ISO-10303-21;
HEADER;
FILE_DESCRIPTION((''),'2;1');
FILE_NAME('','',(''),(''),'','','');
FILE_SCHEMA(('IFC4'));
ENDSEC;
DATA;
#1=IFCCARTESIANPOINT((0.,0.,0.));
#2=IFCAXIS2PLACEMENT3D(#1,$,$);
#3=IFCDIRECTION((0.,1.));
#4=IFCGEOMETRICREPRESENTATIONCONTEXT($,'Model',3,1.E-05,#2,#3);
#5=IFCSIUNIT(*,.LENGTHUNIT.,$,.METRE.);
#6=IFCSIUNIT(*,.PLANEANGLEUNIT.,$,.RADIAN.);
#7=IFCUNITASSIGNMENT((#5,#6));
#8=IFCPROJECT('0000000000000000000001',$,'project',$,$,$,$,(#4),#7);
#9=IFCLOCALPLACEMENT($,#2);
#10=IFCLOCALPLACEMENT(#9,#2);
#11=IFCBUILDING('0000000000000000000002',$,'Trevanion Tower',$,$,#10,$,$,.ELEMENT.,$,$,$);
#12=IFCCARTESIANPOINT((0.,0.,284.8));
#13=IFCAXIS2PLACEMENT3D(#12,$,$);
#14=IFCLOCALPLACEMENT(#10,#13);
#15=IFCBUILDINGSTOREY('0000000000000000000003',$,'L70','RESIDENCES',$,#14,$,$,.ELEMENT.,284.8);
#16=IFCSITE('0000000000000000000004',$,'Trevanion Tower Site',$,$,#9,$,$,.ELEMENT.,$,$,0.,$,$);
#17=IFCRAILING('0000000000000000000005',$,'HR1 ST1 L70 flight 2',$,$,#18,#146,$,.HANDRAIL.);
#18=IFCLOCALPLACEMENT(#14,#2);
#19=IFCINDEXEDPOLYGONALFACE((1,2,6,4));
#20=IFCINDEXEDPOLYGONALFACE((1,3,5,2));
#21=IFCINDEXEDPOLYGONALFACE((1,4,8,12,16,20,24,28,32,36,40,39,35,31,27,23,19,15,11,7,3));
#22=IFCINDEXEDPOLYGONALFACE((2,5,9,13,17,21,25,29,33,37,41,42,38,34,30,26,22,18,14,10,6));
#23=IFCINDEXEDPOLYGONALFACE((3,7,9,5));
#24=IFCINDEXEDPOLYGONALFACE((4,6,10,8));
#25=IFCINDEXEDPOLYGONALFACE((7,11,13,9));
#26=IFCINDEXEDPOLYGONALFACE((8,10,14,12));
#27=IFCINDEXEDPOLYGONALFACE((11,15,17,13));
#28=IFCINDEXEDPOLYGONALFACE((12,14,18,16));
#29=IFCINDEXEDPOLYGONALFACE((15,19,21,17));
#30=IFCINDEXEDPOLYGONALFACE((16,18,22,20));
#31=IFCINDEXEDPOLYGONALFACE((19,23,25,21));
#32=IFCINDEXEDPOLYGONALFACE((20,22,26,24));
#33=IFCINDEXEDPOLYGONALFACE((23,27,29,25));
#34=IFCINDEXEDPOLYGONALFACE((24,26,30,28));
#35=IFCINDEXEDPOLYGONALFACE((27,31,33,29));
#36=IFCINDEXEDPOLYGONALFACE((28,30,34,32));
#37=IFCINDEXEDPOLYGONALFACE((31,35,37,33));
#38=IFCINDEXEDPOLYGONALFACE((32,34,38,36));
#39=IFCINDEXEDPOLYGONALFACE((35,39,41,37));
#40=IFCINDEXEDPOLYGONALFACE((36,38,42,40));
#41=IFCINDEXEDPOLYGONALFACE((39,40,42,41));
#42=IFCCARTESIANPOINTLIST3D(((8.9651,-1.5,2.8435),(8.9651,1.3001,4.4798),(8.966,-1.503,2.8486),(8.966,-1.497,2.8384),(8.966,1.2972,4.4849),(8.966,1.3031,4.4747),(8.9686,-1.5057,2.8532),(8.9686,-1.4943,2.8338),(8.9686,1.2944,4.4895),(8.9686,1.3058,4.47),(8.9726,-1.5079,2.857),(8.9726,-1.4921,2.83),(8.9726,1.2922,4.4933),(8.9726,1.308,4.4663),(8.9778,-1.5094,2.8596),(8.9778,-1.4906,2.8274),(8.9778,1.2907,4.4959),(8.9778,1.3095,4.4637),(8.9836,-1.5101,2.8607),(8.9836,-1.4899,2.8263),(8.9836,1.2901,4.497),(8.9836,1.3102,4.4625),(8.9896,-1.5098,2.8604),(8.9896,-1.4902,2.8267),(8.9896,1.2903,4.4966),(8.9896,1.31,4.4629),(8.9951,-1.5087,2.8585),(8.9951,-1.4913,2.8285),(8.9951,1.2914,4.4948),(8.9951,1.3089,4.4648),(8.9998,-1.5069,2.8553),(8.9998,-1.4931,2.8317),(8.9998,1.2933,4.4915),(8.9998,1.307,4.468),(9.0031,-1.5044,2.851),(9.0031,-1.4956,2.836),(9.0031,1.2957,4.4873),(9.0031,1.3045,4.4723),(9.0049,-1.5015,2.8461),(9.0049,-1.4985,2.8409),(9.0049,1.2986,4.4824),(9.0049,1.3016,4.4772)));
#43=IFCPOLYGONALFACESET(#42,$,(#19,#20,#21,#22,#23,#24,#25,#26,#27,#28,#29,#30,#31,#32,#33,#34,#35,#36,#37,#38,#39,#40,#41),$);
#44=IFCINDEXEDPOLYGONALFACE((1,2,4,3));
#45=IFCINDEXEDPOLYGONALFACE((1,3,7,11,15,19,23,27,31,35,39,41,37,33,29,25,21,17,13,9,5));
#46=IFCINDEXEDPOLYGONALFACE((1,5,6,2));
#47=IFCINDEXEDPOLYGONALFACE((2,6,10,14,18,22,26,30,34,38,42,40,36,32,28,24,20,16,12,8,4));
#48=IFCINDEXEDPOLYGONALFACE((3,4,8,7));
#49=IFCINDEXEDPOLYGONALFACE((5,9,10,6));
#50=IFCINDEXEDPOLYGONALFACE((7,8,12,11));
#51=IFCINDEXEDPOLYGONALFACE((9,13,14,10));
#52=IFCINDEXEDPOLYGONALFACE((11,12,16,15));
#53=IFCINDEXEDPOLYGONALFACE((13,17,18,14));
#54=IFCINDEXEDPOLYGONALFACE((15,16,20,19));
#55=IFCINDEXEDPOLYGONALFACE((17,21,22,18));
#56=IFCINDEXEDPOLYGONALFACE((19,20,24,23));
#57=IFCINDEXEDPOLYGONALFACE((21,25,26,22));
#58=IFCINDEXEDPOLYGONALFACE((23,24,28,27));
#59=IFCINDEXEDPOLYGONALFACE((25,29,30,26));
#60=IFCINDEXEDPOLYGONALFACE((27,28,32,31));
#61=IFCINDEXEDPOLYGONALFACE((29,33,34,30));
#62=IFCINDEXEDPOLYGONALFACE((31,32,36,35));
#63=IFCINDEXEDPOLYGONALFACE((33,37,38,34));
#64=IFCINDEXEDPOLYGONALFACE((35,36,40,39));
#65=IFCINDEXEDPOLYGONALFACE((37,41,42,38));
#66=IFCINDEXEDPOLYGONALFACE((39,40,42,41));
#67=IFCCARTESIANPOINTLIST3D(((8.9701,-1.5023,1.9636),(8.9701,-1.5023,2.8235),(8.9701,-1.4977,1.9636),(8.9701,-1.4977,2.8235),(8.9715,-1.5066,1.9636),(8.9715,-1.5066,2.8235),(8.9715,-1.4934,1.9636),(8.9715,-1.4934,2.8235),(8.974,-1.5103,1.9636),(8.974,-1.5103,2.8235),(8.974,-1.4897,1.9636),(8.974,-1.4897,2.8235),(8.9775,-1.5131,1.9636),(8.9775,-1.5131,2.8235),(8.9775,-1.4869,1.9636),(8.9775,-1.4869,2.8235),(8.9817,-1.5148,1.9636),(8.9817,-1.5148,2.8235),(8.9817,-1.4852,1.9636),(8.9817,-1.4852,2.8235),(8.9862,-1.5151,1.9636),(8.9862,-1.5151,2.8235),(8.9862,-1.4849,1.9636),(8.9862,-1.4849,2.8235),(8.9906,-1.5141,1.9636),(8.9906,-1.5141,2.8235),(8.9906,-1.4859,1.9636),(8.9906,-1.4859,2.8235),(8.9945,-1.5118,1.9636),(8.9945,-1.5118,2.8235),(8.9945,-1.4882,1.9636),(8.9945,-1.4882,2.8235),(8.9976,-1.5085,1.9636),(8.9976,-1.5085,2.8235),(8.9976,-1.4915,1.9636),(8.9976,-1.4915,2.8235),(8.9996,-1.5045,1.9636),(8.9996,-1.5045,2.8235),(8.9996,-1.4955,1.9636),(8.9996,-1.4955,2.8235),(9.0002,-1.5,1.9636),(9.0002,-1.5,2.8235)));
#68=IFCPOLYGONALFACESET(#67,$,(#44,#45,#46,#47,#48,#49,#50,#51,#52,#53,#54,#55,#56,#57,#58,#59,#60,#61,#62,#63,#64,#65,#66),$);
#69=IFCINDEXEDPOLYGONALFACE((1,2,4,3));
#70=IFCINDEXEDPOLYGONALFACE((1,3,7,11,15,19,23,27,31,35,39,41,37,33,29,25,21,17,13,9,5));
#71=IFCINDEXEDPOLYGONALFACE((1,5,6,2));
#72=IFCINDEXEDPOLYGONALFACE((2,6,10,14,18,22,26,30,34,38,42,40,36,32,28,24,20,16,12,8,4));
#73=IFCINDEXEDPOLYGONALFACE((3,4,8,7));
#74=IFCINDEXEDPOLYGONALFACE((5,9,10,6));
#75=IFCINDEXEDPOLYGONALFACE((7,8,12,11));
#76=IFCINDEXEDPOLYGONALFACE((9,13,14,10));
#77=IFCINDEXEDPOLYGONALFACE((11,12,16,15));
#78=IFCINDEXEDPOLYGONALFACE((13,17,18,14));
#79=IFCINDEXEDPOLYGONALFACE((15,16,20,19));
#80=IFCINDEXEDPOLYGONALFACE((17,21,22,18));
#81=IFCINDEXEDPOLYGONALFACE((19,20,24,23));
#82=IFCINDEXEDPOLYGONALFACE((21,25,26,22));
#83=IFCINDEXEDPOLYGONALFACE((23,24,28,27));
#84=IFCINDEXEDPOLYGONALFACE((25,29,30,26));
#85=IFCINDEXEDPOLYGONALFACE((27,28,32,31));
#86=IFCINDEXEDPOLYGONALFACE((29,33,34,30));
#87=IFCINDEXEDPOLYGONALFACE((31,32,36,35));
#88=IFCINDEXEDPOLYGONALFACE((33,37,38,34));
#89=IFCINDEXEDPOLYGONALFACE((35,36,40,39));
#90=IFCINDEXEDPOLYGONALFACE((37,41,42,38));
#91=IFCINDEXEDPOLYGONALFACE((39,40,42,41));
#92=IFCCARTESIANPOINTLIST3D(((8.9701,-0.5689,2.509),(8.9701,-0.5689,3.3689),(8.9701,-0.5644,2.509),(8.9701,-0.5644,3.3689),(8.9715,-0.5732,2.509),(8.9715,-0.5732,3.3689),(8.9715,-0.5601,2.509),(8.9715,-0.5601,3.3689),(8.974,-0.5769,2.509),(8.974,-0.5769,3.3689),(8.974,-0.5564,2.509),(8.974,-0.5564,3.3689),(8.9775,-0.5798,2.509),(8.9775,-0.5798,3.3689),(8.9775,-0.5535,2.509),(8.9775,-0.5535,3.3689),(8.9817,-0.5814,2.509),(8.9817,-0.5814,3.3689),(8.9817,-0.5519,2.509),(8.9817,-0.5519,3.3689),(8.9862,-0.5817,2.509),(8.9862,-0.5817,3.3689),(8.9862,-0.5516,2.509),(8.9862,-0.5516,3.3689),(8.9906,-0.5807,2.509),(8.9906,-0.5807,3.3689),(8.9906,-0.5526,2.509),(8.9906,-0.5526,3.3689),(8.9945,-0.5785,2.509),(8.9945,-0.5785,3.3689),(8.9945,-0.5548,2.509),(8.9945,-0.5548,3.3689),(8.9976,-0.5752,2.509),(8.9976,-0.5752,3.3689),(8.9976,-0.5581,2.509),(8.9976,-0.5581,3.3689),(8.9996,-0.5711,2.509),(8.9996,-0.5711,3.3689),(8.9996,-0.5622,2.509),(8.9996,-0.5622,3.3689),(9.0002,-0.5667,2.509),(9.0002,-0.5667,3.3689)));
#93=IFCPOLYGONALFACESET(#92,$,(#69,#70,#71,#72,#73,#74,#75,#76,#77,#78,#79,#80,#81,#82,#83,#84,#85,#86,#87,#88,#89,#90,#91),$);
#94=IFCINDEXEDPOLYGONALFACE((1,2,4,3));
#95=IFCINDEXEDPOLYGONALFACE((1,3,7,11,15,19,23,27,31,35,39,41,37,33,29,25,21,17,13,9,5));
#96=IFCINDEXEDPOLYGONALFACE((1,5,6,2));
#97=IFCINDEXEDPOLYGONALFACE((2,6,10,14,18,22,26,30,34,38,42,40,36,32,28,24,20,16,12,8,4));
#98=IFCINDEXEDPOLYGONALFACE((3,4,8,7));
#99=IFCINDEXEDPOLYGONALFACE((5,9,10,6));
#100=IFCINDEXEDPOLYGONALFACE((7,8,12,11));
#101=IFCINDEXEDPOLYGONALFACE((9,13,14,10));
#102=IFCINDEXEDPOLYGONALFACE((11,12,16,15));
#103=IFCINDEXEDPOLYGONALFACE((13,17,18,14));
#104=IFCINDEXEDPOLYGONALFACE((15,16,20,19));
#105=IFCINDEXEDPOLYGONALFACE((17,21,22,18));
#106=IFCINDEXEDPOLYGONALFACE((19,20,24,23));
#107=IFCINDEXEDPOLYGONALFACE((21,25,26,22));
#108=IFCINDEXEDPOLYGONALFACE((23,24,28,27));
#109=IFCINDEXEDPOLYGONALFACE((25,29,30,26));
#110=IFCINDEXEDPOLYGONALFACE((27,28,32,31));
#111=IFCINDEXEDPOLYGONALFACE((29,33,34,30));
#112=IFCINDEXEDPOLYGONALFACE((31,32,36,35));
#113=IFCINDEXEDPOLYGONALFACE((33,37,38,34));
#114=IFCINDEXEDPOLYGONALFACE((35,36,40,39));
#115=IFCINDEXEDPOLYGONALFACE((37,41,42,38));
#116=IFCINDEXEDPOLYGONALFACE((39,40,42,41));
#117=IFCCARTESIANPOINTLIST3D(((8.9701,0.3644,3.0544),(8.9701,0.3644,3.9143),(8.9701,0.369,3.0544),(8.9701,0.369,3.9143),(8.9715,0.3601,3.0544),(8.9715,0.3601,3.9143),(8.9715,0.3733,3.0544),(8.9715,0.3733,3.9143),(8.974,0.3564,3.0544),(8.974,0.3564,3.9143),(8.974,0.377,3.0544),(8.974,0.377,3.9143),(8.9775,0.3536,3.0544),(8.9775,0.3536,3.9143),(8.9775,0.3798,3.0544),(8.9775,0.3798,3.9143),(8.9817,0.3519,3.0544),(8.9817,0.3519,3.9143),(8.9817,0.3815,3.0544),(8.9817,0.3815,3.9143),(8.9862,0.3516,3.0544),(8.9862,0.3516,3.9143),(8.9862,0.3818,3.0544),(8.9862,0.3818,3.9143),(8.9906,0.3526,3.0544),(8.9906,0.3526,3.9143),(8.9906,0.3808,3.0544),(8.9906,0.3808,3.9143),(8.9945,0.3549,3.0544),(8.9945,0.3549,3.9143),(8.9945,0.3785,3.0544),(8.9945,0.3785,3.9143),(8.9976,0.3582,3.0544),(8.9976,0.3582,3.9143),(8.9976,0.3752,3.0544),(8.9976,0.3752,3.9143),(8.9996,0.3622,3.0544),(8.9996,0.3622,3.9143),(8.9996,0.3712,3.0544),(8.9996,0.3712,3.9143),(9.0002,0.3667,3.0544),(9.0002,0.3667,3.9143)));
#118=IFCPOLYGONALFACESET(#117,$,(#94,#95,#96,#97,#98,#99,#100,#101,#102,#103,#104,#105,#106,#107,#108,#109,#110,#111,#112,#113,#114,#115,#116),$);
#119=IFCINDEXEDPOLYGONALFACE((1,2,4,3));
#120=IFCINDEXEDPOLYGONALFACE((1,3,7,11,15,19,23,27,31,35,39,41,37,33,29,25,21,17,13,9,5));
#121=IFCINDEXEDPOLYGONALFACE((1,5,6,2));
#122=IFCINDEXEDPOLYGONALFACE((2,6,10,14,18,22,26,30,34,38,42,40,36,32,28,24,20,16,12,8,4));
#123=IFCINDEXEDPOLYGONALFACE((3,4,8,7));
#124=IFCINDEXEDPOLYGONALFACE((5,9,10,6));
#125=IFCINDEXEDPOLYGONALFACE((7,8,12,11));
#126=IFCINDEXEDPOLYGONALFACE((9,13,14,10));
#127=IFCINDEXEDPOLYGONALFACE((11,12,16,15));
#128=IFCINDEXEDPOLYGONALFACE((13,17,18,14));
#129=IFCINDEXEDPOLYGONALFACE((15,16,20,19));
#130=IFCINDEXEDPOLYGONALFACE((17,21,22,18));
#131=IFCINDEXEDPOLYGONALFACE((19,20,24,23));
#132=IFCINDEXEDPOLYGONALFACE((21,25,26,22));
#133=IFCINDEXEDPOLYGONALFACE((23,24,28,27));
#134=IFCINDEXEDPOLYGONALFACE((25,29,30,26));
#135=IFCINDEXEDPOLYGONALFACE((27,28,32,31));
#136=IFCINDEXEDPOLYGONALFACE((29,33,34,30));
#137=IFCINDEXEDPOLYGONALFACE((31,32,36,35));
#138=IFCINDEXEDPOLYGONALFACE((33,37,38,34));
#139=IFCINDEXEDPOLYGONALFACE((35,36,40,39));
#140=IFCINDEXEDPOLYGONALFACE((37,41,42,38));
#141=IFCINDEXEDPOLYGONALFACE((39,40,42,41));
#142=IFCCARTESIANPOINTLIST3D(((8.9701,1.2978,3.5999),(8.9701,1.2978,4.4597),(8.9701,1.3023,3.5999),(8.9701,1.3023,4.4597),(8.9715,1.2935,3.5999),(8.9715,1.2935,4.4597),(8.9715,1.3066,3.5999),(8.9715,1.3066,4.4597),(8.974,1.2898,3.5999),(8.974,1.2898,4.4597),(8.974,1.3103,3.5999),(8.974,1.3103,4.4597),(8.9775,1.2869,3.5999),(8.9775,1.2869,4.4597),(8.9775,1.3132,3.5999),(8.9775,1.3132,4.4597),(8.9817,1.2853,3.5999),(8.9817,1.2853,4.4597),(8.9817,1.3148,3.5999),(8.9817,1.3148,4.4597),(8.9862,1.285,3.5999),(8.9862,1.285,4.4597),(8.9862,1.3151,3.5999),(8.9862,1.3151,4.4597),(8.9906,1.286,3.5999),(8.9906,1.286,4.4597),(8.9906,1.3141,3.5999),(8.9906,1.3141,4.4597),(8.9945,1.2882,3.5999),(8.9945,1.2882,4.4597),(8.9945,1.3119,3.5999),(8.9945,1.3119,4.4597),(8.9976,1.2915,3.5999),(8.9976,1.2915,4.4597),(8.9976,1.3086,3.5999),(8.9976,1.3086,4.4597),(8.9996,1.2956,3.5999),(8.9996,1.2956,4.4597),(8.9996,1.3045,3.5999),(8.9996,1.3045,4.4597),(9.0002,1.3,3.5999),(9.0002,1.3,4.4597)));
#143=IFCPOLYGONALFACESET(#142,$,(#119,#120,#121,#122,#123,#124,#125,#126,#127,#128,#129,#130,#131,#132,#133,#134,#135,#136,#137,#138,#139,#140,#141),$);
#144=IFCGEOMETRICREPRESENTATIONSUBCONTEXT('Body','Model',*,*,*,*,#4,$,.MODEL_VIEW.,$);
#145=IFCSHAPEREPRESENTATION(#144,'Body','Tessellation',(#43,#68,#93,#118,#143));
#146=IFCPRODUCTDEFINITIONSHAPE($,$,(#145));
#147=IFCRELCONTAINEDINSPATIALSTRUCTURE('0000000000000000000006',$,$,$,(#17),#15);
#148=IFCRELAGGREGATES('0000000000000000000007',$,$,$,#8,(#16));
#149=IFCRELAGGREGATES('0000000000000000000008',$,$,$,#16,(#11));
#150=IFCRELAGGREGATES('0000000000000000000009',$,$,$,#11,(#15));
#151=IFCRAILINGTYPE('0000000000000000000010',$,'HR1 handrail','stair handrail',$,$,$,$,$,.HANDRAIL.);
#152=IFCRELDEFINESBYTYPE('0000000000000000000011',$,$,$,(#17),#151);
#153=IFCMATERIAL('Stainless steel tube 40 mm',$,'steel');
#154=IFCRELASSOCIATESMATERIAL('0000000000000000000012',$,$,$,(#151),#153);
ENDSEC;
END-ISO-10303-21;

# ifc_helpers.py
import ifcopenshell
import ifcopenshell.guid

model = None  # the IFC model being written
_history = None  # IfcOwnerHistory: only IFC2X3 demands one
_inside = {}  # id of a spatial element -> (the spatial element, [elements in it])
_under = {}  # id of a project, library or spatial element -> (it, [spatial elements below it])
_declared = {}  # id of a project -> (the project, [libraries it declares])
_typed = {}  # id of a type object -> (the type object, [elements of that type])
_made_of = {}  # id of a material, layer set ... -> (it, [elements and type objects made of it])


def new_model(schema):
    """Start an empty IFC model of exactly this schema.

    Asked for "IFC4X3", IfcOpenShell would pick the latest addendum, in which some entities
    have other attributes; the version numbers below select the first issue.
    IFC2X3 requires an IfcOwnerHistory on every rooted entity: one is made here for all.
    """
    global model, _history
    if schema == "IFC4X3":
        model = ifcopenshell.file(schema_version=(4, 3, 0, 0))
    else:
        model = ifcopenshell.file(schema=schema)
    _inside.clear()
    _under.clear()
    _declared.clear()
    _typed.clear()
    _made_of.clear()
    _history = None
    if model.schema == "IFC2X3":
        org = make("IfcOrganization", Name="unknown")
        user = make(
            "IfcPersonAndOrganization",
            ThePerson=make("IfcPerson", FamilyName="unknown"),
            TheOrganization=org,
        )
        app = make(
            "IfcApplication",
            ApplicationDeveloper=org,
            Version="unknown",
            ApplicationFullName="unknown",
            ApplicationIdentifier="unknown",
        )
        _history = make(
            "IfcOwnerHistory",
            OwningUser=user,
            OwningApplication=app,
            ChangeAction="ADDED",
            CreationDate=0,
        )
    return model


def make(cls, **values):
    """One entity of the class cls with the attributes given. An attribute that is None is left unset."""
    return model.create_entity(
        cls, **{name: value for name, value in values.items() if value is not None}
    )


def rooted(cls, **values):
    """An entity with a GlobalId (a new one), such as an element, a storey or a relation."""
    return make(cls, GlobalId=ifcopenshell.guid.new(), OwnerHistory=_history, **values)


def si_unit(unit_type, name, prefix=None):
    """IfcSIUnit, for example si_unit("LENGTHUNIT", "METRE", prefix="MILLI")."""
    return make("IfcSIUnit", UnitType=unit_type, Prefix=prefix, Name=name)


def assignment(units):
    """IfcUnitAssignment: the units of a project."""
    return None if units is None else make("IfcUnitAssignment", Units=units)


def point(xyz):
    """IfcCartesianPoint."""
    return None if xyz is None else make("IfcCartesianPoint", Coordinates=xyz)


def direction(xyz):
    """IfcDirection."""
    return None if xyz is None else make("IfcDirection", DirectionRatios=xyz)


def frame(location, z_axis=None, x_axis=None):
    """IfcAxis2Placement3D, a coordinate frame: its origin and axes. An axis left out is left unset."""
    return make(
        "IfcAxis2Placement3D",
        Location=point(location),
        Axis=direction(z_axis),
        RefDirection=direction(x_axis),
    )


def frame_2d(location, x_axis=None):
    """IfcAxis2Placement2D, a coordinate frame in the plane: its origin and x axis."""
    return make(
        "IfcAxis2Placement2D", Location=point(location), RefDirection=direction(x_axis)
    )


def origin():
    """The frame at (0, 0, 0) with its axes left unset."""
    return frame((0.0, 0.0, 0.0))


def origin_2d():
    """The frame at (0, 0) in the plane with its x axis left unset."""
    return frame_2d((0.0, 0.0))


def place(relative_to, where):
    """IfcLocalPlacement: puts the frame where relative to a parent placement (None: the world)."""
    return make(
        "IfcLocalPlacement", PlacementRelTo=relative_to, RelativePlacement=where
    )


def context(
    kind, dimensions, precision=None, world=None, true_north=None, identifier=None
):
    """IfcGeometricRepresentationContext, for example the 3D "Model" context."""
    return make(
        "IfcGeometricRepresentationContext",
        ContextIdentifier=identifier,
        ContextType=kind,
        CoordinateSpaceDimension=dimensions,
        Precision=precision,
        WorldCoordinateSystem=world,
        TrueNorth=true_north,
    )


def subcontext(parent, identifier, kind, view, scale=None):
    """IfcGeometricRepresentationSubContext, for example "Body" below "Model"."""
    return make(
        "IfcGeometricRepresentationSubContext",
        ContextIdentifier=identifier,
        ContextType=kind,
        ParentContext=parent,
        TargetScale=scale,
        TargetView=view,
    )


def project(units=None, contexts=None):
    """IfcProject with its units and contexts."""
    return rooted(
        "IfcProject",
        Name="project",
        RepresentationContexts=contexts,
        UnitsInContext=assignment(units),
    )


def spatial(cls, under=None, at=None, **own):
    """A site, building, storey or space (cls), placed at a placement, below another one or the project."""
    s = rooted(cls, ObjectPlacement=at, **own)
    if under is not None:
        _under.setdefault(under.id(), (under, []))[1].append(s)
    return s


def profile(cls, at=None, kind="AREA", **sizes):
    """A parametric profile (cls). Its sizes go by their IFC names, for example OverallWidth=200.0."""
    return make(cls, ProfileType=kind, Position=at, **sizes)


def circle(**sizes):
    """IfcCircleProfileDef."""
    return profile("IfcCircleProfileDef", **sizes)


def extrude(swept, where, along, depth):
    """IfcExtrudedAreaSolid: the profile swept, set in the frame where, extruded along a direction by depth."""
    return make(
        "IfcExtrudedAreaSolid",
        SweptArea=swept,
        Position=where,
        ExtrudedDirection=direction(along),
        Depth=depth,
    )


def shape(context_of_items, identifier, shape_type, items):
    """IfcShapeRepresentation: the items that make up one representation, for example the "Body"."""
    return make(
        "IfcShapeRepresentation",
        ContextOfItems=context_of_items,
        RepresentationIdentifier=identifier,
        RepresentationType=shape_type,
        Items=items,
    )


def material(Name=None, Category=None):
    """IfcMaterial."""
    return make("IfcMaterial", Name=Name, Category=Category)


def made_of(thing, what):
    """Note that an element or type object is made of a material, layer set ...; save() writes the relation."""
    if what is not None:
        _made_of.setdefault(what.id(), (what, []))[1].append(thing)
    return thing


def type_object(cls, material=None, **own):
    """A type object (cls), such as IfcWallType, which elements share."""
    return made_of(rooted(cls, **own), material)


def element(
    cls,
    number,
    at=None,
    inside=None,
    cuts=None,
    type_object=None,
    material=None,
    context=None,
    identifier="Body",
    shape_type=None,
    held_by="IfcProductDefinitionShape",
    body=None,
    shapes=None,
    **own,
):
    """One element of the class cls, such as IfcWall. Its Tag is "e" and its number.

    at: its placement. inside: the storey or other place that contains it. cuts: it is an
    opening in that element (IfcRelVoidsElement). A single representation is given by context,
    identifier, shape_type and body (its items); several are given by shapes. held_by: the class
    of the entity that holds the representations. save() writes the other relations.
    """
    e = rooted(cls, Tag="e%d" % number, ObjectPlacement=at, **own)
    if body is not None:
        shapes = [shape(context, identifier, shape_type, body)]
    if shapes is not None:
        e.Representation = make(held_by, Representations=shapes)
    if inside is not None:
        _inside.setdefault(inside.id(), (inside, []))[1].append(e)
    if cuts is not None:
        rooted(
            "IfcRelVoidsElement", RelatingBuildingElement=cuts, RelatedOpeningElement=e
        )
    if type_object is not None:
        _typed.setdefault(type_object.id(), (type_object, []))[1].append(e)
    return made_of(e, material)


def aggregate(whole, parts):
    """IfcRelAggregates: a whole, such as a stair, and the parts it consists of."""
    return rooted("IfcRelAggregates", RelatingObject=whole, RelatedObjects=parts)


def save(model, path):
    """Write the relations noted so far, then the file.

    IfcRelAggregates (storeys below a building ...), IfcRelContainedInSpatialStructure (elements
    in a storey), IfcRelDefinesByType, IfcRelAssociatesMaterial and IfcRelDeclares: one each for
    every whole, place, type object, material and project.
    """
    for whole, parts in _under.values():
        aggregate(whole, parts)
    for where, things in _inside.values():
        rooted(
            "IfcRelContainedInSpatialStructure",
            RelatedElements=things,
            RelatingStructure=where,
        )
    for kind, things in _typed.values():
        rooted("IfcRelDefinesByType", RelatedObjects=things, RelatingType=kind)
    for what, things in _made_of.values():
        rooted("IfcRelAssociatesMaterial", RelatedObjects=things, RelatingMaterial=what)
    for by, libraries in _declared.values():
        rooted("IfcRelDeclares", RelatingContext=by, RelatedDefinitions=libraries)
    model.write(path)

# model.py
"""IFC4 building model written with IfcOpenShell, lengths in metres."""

from ifc_helpers import new_model, si_unit, direction, frame, origin, origin_2d, place, context, subcontext, project, spatial, circle, extrude, material, type_object, element, save


model = new_model("IFC4")

# Units and contexts
model_context = context("Model", 3, precision=1e-05, world=origin(), true_north=direction((0.0, 1.0)))
body_context = subcontext(model_context, "Body", "Model", "MODEL_VIEW")
ifc_project = project(units=[si_unit("LENGTHUNIT", "METRE"), si_unit("PLANEANGLEUNIT", "RADIAN")], contexts=[model_context])

# Site, building, storey
site_placement = place(None, origin())
site = spatial("IfcSite", under=ifc_project, at=site_placement, Name="Trevanion Tower Site", CompositionType="ELEMENT", RefElevation=0.0)
building_placement = place(site_placement, origin())
building = spatial("IfcBuilding", under=site, at=building_placement, Name="Trevanion Tower", CompositionType="ELEMENT")
storey_placement = place(building_placement, frame((0.0, 0.0, 284.8)))
storey = spatial("IfcBuildingStorey", under=building, at=storey_placement, Name="L70", Description="RESIDENCES", CompositionType="ELEMENT", Elevation=284.8)

# Railing
ifc_material_1 = material(Name="Stainless steel tube 40 mm", Category="steel")
railing_type = type_object("IfcRailingType", Name="HR1 handrail", Description="stair handrail", PredefinedType="HANDRAIL", material=ifc_material_1)
for number, where, name in (
    (1, (8.9851, -1.5, 1.9636), "HR1 ST1 L70 flight 2"),
):
    element("IfcRailing", number, at=place(storey_placement, frame(where)), inside=storey, type_object=railing_type, Name=name, PredefinedType="HANDRAIL", context=body_context, shape_type="SweptSolid", body=[
        extrude(circle(Radius=0.02, at=origin_2d()), frame((0.0, 0.0, 0.8799), z_axis=(0.0, 0.863394, 0.504531), x_axis=(-1.0, 0.0, 0.0)), (0.0, 0.0, 1.0), 3.2432),
        extrude(circle(Radius=0.0151, at=origin_2d()), origin(), (0.0, 0.0, 1.0), 0.8599),
        extrude(circle(Radius=0.0151, at=origin_2d()), frame((0.0, 0.9333, 0.5454)), (0.0, 0.0, 1.0), 0.8599),
        extrude(circle(Radius=0.0151, at=origin_2d()), frame((0.0, 1.8667, 1.0908)), (0.0, 0.0, 1.0), 0.8599),
        extrude(circle(Radius=0.0151, at=origin_2d()), frame((0.0, 2.8, 1.6362)), (0.0, 0.0, 1.0), 0.8599),
    ])

save(model, "model.ifc")
